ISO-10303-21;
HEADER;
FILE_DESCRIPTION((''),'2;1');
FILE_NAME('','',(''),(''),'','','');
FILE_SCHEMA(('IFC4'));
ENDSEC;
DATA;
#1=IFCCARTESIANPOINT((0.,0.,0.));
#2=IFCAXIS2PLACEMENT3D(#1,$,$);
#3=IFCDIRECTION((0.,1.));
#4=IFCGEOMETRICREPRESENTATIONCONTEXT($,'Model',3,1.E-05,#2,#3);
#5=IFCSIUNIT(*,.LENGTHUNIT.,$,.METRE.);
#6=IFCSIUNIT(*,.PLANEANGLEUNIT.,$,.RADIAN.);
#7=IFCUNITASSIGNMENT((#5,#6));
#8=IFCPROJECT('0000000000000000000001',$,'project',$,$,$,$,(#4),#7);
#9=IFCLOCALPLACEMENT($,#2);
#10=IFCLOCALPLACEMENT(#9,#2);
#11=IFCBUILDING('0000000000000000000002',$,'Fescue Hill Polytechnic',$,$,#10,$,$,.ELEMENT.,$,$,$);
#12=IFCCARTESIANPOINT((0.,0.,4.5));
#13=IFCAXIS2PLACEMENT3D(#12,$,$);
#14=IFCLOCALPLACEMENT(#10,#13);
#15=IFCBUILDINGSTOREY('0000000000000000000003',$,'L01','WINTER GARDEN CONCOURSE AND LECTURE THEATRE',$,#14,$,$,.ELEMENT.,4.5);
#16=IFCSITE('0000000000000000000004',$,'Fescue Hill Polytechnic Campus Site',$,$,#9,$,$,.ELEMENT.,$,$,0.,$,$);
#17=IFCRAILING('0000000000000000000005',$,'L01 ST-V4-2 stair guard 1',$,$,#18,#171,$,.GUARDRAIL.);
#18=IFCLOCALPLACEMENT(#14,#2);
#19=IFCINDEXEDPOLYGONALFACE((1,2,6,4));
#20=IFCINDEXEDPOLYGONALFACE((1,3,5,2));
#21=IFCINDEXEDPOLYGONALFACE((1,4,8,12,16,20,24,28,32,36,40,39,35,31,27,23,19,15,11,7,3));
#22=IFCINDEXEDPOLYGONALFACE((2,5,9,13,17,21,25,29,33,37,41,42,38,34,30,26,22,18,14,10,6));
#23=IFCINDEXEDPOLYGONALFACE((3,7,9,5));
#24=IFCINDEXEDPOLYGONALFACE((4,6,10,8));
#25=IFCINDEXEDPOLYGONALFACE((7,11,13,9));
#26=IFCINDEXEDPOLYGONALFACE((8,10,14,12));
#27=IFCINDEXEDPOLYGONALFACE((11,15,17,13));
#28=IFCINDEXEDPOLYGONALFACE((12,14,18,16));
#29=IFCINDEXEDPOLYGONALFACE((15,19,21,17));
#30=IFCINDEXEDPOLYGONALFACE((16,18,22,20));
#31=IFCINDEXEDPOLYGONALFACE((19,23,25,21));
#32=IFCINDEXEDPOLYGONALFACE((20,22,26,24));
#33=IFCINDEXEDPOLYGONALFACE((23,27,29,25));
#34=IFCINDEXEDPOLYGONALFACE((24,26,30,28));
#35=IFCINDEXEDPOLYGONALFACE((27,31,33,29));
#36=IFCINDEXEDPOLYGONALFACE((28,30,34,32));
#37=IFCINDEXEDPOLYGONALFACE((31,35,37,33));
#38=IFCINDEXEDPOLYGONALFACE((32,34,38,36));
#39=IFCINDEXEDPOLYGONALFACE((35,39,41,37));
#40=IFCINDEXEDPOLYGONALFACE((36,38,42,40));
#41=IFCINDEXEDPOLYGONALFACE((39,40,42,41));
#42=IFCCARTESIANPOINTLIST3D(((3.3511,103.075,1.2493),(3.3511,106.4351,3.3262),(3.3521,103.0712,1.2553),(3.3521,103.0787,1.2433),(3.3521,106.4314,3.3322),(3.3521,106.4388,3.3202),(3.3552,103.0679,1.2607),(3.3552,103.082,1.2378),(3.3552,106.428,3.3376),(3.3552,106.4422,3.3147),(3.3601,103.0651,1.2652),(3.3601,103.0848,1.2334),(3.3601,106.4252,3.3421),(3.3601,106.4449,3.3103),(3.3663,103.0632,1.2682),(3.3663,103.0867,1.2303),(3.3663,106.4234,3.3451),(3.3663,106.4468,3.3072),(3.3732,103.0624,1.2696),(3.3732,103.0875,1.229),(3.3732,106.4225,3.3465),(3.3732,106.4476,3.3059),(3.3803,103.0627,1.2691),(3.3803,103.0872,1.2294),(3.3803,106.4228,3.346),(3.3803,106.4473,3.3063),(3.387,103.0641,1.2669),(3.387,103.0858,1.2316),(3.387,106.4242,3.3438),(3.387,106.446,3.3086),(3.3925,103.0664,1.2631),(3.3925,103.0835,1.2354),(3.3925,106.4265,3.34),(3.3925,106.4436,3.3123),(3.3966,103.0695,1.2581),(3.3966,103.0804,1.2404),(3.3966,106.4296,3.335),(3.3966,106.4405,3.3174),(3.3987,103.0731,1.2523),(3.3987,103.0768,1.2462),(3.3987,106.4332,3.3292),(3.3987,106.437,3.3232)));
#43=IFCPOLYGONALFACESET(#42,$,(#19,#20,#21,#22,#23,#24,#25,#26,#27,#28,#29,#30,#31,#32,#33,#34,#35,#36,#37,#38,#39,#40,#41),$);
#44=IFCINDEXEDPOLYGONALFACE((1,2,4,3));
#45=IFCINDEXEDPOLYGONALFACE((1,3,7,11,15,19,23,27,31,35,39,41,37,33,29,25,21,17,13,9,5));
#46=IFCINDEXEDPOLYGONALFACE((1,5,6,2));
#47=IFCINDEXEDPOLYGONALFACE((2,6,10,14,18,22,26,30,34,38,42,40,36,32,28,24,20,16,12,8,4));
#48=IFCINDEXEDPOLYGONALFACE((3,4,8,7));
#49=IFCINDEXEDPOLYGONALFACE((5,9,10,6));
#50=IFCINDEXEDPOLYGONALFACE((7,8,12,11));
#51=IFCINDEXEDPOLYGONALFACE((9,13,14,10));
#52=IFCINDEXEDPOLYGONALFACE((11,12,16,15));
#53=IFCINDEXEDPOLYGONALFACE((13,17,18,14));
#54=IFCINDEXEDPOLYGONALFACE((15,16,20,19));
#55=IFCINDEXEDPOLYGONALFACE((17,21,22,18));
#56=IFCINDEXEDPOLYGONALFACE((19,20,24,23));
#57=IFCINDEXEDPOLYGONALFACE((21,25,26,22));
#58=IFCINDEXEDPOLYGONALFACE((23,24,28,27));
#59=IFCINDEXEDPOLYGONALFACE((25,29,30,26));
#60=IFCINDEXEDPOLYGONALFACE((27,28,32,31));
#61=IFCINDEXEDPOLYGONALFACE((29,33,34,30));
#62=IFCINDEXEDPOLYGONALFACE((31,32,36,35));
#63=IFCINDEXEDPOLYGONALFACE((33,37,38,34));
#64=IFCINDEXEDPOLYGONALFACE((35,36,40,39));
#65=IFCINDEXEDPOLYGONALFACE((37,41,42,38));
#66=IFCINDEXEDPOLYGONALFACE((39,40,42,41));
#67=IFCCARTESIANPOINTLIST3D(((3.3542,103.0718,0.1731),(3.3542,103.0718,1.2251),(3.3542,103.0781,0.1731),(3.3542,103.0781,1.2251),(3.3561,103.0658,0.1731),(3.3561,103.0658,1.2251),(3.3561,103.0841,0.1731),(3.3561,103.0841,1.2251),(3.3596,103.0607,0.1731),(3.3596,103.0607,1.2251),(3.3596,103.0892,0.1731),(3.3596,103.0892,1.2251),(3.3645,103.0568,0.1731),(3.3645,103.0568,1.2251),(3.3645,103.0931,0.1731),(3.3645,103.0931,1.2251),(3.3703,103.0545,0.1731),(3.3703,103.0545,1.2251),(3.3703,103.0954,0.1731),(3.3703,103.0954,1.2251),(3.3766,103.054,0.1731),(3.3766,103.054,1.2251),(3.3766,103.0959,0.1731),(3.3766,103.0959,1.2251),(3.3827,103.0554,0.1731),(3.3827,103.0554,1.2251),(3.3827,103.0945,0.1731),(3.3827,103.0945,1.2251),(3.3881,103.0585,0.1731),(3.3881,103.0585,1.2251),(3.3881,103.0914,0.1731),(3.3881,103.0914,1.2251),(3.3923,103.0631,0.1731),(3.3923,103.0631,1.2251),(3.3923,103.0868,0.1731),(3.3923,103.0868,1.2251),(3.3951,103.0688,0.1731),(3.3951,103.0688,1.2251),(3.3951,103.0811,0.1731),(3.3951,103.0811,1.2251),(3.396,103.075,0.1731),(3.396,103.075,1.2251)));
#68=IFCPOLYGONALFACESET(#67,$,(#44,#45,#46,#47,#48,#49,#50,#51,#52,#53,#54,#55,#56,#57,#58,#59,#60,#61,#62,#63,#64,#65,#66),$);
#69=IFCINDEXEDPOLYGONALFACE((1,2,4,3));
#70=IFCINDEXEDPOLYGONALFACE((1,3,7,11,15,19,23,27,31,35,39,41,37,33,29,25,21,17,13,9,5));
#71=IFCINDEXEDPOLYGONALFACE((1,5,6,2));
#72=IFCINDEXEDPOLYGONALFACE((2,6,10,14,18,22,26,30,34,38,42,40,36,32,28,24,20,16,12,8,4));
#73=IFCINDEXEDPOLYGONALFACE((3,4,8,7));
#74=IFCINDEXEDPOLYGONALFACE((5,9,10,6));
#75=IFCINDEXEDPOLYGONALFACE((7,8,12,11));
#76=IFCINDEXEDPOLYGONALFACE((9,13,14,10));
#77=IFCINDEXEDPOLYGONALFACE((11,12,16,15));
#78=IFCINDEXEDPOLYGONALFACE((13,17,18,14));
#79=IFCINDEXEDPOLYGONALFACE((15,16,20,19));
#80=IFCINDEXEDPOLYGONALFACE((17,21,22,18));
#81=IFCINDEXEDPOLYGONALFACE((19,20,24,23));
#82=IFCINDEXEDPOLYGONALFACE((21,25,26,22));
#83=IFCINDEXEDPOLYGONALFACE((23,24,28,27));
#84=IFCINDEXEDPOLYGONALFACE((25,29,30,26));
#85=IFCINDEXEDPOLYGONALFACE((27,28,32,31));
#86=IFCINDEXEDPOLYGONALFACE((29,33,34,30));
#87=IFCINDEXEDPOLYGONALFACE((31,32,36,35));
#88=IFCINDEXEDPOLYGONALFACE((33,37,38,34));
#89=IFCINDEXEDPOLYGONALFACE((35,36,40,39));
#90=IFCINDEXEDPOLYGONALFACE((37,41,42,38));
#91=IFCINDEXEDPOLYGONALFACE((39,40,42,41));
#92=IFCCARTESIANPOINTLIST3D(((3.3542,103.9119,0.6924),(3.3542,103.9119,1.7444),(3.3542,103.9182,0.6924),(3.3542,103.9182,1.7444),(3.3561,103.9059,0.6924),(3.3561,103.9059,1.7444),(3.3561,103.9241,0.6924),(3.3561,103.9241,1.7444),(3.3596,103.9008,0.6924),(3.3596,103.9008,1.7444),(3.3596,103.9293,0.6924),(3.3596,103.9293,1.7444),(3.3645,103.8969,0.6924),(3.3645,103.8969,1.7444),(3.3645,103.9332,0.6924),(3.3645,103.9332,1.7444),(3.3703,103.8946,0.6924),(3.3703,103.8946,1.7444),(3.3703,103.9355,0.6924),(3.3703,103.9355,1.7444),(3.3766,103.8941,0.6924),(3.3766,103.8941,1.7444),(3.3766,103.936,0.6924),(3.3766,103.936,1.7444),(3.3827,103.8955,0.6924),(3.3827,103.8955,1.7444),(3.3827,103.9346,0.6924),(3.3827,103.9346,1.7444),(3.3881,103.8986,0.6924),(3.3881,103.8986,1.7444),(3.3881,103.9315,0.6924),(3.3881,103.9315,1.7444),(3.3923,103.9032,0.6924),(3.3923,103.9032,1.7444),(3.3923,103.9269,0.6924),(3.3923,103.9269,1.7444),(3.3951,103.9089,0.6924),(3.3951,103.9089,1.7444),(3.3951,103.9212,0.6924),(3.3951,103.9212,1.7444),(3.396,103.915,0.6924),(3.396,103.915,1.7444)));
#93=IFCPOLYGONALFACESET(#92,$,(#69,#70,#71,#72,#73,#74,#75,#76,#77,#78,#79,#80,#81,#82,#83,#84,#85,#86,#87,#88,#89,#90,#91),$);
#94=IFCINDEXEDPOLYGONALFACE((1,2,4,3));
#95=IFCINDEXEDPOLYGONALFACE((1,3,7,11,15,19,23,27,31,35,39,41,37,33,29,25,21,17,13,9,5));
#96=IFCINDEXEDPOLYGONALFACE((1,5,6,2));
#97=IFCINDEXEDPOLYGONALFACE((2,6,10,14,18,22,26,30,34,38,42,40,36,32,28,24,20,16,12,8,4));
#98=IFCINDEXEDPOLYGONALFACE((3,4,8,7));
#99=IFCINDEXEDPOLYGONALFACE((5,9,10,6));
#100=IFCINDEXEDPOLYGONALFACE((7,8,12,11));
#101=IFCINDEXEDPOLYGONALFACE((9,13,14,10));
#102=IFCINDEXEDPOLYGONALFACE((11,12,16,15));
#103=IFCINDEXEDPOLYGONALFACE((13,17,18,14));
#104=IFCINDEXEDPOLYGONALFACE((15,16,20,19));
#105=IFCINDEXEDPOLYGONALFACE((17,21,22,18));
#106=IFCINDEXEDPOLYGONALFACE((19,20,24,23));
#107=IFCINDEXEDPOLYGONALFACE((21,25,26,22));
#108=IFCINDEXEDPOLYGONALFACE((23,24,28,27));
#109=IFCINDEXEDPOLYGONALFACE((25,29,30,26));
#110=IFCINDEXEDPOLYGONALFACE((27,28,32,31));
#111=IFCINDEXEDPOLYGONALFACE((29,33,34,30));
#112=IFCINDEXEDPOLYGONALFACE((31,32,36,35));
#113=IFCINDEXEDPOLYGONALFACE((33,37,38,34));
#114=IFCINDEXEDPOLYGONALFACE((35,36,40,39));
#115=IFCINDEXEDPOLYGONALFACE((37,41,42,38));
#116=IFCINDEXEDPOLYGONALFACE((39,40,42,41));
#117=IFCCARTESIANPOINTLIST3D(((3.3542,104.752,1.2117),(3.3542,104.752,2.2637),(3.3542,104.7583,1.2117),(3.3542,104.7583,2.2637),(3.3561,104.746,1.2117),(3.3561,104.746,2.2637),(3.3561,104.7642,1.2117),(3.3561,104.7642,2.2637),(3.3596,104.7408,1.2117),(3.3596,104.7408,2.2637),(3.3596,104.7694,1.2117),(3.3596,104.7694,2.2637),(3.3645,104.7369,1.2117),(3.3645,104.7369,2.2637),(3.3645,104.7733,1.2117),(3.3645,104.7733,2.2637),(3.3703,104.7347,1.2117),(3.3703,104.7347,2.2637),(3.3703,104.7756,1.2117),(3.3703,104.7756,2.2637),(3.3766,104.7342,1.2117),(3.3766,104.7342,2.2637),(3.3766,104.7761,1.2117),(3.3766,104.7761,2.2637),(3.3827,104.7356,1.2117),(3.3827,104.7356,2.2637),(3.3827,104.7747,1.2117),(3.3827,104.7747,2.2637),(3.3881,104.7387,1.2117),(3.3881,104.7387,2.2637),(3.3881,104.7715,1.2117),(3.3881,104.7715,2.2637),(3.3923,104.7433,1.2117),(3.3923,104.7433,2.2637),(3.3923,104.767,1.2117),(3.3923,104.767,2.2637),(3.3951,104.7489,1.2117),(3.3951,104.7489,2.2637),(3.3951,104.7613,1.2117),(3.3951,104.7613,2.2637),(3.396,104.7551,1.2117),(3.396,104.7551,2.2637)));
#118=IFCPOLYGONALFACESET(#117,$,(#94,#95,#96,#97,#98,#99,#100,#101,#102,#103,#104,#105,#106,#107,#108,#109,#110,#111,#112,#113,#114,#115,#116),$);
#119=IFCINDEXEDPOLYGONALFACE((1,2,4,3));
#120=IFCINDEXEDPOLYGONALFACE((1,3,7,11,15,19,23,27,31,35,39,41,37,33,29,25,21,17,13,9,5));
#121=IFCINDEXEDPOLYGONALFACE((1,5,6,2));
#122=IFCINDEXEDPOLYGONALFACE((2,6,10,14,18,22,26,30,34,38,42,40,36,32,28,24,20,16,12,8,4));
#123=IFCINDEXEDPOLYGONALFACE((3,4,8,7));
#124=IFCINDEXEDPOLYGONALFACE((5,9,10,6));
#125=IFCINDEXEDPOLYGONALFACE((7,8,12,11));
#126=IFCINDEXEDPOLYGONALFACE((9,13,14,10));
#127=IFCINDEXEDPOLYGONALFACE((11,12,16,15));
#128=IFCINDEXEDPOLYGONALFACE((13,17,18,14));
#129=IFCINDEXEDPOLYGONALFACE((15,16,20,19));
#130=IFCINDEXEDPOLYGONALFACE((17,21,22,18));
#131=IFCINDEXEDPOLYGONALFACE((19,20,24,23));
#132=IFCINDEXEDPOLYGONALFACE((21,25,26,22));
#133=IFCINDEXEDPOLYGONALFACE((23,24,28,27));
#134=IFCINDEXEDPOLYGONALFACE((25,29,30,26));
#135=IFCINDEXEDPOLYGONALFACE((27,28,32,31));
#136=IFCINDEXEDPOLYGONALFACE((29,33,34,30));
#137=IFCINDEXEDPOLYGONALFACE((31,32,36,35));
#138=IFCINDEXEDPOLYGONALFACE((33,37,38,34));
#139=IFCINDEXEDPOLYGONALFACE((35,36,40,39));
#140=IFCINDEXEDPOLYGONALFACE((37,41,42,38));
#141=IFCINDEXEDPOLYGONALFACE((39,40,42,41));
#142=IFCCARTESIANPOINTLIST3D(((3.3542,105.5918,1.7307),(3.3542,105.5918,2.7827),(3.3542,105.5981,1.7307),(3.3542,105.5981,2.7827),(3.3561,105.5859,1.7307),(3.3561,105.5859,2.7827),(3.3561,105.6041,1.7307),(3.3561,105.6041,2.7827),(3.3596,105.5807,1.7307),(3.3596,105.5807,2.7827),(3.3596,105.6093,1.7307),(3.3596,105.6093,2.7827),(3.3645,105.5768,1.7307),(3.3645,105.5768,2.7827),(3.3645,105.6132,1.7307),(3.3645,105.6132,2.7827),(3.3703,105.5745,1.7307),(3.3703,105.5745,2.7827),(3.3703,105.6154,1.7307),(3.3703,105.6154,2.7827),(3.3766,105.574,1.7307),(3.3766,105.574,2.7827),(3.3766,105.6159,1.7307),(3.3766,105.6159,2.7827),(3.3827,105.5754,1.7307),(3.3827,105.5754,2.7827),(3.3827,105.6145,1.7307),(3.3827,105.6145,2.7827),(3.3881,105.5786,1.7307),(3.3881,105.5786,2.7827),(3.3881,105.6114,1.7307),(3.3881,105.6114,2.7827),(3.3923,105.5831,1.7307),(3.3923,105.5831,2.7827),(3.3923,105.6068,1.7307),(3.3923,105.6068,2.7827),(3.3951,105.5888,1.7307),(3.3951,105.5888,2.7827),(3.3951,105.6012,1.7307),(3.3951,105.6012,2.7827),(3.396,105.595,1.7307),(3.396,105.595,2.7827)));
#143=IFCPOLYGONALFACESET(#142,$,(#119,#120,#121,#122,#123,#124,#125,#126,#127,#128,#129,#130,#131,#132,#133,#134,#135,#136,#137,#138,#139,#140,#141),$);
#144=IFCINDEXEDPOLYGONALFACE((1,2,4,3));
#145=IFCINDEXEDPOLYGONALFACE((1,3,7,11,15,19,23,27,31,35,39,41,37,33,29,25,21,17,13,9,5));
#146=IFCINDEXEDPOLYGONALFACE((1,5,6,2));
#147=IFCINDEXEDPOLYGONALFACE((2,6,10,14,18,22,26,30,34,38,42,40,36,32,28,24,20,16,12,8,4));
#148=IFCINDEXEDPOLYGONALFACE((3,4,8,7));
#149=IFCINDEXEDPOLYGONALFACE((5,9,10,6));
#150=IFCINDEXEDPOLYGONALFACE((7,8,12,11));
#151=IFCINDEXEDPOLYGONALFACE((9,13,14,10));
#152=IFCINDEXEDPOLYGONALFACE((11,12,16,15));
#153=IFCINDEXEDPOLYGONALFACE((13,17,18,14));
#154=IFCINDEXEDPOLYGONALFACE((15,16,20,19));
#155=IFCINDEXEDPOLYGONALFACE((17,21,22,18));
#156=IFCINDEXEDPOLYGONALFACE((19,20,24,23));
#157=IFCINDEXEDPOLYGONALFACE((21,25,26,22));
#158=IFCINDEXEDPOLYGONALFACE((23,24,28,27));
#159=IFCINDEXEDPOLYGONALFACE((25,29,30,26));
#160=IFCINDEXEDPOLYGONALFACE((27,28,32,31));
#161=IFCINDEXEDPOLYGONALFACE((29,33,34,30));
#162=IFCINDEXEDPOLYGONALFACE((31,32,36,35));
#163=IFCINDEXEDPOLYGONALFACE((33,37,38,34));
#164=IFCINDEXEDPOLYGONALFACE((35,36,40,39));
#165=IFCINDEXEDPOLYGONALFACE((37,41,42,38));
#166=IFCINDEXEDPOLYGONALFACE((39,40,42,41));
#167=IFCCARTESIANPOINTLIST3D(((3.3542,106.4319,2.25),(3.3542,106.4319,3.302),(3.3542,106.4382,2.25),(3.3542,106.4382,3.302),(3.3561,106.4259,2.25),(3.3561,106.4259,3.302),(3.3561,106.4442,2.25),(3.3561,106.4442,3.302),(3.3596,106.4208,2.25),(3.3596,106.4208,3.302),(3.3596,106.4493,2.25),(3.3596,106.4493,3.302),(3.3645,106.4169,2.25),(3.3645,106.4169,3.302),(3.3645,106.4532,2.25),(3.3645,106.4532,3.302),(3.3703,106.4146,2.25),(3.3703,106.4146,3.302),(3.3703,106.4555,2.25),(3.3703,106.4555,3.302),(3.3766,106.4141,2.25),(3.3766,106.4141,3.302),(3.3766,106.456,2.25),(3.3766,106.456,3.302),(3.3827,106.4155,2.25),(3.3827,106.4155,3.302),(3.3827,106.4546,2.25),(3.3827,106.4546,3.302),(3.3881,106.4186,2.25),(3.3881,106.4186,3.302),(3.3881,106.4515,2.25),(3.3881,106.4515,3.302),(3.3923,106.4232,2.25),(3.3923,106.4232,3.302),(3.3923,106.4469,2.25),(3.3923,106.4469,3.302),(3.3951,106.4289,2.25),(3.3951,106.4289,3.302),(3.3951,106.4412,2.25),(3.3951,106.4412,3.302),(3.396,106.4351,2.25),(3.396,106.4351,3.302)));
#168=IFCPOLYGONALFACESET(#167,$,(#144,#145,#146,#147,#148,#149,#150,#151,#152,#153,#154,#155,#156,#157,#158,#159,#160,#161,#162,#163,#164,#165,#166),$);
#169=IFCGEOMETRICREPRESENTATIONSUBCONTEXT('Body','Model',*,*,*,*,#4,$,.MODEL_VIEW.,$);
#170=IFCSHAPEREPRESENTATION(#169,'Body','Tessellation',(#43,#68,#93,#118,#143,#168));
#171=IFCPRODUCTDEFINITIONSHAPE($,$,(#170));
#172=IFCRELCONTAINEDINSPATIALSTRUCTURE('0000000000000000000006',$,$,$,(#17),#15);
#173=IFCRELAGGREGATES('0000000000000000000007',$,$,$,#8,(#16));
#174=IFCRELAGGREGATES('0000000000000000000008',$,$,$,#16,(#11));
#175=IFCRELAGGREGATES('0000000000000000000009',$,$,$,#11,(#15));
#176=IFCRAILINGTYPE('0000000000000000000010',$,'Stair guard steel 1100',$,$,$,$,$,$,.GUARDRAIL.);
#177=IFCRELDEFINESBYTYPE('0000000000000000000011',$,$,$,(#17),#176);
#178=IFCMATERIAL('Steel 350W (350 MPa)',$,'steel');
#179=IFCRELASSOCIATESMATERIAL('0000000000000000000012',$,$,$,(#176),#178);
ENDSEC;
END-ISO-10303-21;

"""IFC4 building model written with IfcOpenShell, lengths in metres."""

from ifc_helpers import new_model, si_unit, direction, frame, origin, origin_2d, place, context, subcontext, project, spatial, circle, extrude, material, type_object, element, save


model = new_model("IFC4")

# Units and contexts
model_context = context("Model", 3, precision=1e-05, world=origin(), true_north=direction((0.0, 1.0)))
body_context = subcontext(model_context, "Body", "Model", "MODEL_VIEW")
ifc_project = project(units=[si_unit("LENGTHUNIT", "METRE"), si_unit("PLANEANGLEUNIT", "RADIAN")], contexts=[model_context])

# Site, building, storey
site_placement = place(None, origin())
site = spatial("IfcSite", under=ifc_project, at=site_placement, Name="Fescue Hill Polytechnic Campus Site", CompositionType="ELEMENT", RefElevation=0.0)
building_placement = place(site_placement, origin())
building = spatial("IfcBuilding", under=site, at=building_placement, Name="Fescue Hill Polytechnic", CompositionType="ELEMENT")
storey_placement = place(building_placement, frame((0.0, 0.0, 4.5)))
storey = spatial("IfcBuildingStorey", under=building, at=storey_placement, Name="L01", Description="WINTER GARDEN CONCOURSE AND LECTURE THEATRE", CompositionType="ELEMENT", Elevation=4.5)

# Railing
ifc_material_1 = material(Name="Steel 350W (350 MPa)", Category="steel")
railing_type = type_object("IfcRailingType", Name="Stair guard steel 1100", PredefinedType="GUARDRAIL", material=ifc_material_1)
railing_1_placement = place(storey_placement, frame((3.375, 103.075, 0.1731)))
element("IfcRailing", 1, at=railing_1_placement, inside=storey, type_object=railing_type, Name="L01 ST-V4-2 stair guard 1", PredefinedType="GUARDRAIL", context=body_context, shape_type="SweptSolid", body=[
    extrude(circle(Radius=0.0239, at=origin_2d()), frame((0.0, 0.0, 1.0762), z_axis=(0.0, 0.850623, 0.525776), x_axis=(-1.0, 0.0, 0.0)), (0.0, 0.0, 1.0), 3.9502),
    extrude(circle(Radius=0.021, at=origin_2d()), origin(), (0.0, 0.0, 1.0), 1.052),
    extrude(circle(Radius=0.021, at=origin_2d()), frame((0.0, 0.8401, 0.5193)), (0.0, 0.0, 1.0), 1.052),
    extrude(circle(Radius=0.021, at=origin_2d()), frame((0.0, 1.6802, 1.0386)), (0.0, 0.0, 1.0), 1.052),
    extrude(circle(Radius=0.021, at=origin_2d()), frame((0.0, 2.52, 1.5576)), (0.0, 0.0, 1.0), 1.052),
    extrude(circle(Radius=0.021, at=origin_2d()), frame((0.0, 3.3601, 2.0769)), (0.0, 0.0, 1.0), 1.052),
])

save(model, "model.ifc")
